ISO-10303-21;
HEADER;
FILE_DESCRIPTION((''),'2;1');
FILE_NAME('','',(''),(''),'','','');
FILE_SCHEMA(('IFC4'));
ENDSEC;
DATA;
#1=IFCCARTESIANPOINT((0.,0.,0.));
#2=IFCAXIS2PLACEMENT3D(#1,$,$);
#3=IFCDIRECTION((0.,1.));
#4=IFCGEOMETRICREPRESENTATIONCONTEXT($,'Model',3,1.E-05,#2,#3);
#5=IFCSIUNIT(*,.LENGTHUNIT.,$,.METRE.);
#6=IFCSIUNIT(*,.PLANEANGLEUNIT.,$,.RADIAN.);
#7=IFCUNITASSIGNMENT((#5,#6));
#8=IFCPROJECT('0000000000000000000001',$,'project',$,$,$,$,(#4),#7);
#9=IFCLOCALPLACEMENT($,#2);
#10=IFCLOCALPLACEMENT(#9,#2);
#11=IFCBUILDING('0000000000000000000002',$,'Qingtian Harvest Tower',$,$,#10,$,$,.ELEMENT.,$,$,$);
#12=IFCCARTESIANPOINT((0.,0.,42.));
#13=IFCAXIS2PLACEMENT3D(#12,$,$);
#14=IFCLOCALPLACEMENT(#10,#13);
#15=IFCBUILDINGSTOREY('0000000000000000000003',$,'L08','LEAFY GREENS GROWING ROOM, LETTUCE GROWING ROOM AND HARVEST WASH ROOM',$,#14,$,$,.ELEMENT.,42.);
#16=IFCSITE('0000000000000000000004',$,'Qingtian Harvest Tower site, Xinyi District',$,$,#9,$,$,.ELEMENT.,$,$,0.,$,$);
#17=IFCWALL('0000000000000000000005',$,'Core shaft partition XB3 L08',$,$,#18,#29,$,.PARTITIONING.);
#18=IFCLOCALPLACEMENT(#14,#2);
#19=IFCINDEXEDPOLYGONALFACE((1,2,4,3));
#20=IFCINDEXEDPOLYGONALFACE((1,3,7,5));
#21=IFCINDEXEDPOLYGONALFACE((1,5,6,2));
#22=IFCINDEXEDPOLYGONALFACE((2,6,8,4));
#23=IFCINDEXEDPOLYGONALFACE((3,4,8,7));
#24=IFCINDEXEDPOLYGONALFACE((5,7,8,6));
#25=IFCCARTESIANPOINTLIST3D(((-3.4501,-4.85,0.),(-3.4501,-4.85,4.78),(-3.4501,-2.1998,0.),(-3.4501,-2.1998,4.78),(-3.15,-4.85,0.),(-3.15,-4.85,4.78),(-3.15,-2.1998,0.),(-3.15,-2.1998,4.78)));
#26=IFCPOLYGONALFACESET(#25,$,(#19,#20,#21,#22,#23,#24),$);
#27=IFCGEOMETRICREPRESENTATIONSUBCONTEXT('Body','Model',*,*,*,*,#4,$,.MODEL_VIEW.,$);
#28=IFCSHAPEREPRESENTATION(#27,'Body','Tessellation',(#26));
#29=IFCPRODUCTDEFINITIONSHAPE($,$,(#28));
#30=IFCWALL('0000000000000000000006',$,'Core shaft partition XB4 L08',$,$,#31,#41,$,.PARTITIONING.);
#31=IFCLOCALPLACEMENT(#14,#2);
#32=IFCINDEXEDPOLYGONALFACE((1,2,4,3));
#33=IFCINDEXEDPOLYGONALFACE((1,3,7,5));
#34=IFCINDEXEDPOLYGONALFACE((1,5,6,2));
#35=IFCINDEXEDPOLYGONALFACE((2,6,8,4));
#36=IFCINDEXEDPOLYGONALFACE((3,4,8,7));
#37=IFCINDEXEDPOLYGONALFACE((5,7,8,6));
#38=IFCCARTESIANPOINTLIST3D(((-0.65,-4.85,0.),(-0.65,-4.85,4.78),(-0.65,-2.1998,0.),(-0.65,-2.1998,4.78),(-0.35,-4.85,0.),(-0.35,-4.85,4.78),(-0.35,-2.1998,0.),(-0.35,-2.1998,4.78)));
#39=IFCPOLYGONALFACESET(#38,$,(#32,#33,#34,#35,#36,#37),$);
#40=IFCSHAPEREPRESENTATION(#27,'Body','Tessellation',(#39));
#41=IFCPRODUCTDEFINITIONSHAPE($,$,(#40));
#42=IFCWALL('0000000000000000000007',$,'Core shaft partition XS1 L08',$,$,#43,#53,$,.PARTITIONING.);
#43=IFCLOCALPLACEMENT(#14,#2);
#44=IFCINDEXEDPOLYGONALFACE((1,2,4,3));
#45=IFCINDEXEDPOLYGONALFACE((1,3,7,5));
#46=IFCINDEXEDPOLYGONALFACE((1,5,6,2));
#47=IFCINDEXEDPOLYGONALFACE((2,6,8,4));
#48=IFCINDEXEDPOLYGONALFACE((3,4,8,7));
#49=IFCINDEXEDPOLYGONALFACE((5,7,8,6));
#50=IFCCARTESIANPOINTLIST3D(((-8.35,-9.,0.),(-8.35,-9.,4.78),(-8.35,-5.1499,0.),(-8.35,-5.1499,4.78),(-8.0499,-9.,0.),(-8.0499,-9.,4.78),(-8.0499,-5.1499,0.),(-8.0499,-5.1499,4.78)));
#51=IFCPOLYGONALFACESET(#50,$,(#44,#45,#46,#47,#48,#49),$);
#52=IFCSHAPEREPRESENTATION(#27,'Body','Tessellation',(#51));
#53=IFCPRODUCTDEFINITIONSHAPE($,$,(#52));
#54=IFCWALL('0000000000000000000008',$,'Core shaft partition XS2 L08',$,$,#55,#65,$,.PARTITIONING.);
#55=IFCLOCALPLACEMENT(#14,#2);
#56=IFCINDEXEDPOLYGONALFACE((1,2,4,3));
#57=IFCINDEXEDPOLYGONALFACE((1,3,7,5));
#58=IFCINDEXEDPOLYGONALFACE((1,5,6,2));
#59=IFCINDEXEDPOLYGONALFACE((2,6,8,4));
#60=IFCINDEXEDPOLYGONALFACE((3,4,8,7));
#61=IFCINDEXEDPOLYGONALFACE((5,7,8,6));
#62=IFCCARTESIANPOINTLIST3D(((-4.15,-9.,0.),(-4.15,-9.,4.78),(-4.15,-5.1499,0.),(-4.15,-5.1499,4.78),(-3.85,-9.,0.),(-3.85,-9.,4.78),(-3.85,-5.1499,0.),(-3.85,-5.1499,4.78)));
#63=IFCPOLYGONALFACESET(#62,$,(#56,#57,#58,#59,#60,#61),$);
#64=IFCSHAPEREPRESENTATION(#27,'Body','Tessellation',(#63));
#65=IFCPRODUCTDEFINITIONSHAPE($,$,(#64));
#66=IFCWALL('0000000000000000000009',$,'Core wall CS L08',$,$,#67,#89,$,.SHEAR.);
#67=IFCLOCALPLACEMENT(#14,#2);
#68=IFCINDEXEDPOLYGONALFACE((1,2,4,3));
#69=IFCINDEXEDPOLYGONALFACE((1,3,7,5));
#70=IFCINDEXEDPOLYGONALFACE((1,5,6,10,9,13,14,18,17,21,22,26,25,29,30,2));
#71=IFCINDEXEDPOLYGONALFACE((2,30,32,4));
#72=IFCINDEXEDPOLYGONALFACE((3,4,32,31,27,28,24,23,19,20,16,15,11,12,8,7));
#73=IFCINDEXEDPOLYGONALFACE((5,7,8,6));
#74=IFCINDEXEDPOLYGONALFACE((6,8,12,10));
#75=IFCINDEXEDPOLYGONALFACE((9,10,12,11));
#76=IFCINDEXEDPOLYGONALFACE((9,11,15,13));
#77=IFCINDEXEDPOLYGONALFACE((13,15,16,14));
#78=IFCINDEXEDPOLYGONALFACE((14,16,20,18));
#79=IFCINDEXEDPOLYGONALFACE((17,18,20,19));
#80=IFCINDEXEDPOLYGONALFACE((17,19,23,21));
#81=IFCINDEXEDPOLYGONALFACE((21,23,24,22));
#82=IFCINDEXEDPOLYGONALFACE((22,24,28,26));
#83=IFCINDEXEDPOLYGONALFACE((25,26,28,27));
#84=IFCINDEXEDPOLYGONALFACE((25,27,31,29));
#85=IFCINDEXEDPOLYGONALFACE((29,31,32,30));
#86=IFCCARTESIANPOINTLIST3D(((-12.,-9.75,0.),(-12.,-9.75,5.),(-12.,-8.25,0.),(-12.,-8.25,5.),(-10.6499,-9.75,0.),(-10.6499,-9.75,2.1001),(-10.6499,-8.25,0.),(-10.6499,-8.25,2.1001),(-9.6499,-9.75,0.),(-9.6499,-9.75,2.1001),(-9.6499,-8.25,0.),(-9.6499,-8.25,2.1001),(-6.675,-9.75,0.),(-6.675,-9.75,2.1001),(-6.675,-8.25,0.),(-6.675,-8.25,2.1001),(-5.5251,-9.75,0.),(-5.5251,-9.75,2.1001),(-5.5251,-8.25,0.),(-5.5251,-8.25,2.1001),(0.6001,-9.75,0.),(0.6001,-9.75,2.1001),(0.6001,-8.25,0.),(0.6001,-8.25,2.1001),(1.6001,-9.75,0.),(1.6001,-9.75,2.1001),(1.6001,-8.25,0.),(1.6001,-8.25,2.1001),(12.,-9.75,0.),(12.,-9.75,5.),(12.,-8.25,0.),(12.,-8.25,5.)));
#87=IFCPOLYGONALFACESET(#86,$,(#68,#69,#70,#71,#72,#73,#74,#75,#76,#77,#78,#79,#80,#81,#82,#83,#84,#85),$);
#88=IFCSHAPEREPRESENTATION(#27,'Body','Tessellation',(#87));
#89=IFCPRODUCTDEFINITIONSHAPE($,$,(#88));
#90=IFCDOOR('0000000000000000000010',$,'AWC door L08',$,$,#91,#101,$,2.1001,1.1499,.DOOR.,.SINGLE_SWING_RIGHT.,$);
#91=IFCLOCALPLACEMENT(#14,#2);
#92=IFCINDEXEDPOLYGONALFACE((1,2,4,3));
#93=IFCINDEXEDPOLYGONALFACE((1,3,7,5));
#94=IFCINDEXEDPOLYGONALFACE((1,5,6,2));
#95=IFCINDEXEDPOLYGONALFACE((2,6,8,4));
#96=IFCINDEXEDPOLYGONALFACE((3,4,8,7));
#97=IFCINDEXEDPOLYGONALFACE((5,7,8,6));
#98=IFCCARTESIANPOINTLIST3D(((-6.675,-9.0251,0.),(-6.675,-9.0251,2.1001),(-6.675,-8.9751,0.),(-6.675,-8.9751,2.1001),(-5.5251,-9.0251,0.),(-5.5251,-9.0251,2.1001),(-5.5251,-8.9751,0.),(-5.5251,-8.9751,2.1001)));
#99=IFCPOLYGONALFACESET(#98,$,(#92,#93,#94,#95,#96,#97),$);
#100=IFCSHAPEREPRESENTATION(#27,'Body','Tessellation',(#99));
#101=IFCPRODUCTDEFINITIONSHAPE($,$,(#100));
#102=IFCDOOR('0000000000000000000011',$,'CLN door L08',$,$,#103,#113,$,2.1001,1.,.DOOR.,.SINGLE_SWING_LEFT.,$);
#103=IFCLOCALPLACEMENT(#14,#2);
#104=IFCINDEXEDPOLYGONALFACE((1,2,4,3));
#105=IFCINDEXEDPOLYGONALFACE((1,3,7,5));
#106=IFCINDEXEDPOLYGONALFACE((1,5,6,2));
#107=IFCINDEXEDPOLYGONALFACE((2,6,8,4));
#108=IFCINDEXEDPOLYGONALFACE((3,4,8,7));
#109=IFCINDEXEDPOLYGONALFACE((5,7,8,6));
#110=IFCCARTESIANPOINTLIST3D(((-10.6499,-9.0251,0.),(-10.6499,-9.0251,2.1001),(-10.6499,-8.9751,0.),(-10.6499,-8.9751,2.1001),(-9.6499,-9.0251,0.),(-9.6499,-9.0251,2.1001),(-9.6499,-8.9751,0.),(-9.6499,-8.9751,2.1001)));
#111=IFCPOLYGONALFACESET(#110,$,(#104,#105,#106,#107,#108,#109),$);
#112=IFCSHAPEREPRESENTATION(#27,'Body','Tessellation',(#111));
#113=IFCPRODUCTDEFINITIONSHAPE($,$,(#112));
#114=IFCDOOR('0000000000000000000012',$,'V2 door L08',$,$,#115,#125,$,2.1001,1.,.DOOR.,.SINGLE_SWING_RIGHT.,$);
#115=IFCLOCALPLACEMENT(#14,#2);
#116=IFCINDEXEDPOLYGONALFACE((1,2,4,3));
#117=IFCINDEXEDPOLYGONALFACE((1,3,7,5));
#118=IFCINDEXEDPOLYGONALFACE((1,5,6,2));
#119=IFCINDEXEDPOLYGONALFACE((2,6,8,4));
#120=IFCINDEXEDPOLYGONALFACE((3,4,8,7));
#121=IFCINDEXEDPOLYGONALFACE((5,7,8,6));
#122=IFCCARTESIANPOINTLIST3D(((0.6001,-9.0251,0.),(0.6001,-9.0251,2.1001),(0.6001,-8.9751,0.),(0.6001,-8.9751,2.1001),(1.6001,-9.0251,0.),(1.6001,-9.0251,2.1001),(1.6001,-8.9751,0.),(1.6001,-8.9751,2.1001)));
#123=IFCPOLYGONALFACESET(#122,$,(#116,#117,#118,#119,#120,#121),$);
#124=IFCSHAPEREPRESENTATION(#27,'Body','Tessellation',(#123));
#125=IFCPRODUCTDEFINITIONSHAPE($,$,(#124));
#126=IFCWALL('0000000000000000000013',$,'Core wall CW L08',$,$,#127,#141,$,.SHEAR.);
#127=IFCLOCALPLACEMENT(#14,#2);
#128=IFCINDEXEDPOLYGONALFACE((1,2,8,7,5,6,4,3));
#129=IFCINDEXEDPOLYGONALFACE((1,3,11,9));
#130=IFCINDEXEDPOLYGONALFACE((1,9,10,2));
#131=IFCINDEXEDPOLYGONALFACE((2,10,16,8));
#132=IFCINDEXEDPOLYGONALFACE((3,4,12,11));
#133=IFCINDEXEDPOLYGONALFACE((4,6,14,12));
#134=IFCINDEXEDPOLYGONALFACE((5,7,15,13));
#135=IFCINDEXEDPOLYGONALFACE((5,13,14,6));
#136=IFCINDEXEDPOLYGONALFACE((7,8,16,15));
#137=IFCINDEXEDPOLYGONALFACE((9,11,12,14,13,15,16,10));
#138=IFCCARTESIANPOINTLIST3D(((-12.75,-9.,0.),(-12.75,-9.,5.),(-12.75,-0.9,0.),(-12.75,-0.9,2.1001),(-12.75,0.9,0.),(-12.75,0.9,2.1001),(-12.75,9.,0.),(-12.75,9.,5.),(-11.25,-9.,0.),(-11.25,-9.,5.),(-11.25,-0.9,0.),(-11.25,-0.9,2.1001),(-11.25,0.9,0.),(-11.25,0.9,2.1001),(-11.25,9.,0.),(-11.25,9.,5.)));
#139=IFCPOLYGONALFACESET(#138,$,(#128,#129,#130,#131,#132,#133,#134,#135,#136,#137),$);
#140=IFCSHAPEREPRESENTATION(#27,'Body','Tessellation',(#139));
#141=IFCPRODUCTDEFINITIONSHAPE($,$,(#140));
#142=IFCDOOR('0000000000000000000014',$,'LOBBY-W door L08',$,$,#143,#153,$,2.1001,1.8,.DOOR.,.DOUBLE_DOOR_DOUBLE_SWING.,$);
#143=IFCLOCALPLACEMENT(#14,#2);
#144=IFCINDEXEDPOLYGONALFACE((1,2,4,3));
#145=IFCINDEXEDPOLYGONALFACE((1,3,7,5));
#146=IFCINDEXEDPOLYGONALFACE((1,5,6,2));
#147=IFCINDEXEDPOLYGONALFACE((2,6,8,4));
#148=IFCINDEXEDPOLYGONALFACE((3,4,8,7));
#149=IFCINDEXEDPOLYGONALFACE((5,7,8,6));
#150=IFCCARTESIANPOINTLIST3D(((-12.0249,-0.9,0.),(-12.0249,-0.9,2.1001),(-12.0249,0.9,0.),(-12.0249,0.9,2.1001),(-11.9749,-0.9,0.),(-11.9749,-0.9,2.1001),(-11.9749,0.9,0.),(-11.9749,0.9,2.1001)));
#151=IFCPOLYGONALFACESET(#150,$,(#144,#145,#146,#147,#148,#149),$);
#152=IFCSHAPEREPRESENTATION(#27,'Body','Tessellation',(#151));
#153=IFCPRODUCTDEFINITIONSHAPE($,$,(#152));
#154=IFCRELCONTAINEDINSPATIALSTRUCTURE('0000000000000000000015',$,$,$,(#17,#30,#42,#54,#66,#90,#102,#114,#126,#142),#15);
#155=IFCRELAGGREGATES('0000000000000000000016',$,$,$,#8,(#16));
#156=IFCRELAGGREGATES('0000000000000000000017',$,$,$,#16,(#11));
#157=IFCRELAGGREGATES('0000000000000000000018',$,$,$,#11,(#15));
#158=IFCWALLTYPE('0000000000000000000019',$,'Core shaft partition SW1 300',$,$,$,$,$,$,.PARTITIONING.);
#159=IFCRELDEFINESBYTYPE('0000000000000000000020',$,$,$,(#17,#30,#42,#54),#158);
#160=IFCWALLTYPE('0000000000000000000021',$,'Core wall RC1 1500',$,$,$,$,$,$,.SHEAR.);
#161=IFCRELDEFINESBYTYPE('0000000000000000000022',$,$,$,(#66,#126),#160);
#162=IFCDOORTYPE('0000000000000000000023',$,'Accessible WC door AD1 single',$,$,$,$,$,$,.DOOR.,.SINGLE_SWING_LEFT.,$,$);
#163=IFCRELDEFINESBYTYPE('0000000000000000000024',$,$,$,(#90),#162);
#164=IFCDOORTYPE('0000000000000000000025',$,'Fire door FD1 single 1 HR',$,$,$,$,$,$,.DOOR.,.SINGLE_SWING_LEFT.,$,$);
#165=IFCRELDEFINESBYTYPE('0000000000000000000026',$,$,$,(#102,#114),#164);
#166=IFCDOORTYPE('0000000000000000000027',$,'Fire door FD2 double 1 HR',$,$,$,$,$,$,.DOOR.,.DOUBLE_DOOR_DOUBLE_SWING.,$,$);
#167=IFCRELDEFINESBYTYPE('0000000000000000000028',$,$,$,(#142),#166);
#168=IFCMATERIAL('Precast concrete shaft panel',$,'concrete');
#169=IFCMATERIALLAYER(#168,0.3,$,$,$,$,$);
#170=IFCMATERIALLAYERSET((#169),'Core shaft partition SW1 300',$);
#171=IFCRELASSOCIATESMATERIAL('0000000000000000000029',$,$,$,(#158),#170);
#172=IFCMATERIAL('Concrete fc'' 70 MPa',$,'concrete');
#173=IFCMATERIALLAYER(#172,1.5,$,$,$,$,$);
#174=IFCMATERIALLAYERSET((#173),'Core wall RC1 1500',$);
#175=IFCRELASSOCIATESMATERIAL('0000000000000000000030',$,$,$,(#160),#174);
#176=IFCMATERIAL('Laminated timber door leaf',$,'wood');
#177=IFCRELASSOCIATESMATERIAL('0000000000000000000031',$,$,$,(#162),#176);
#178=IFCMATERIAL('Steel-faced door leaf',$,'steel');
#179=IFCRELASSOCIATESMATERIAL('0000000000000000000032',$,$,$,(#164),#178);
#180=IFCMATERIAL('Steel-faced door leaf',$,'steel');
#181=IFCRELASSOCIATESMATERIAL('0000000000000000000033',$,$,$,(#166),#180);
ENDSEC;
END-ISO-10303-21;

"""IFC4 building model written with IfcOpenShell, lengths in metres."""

from ifc_helpers import new_model, si_unit, direction, frame, frame_2d, origin, place, context, subcontext, project, spatial, rectangle, extrude, material, layer, layer_set, type_object, element, fill, save


model = new_model("IFC4")

# Units and contexts
model_context = context("Model", 3, precision=1e-05, world=origin(), true_north=direction((0.0, 1.0)))
body_context = subcontext(model_context, "Body", "Model", "MODEL_VIEW")
ifc_project = project(units=[si_unit("LENGTHUNIT", "METRE"), si_unit("PLANEANGLEUNIT", "RADIAN")], contexts=[model_context])

# Site, building, storey
site_placement = place(None, origin())
site = spatial("IfcSite", under=ifc_project, at=site_placement, Name="Qingtian Harvest Tower site, Xinyi District", CompositionType="ELEMENT", RefElevation=0.0)
building_placement = place(site_placement, origin())
building = spatial("IfcBuilding", under=site, at=building_placement, Name="Qingtian Harvest Tower", CompositionType="ELEMENT")
storey_placement = place(building_placement, frame((0.0, 0.0, 42.0)))
storey = spatial("IfcBuildingStorey", under=building, at=storey_placement, Name="L08", Description="LEAFY GREENS GROWING ROOM, LETTUCE GROWING ROOM AND HARVEST WASH ROOM", CompositionType="ELEMENT", Elevation=42.0)

# Walls
ifc_material_1 = material(Name="Precast concrete shaft panel", Category="concrete")
ifc_layer_1 = layer(ifc_material_1, 0.3)
ifc_layer_set_1 = layer_set([ifc_layer_1], Name="Core shaft partition SW1 300")
wall_type_1 = type_object("IfcWallType", Name="Core shaft partition SW1 300", PredefinedType="PARTITIONING", material=ifc_layer_set_1)
for number, where, z_axis, x_axis, name in (
    (1, (-3.3, -4.8501, 0.0), (0.0, 0.0, 1.0), (0.0, 1.0, 0.0), "Core shaft partition XB3 L08"),
    (2, (-0.5, -4.8501, 0.0), (0.0, 0.0, 1.0), (0.0, 1.0, 0.0), "Core shaft partition XB4 L08"),
):
    element("IfcWall", number, at=place(storey_placement, frame(where, z_axis=z_axis, x_axis=x_axis)), inside=storey, type_object=wall_type_1, Name=name, PredefinedType="PARTITIONING", context=body_context, shape_type="SweptSolid", body=[
        extrude(rectangle(XDim=2.6501, YDim=0.3, at=frame_2d((1.3252, 0.0))), origin(), (0.0, 0.0, 1.0), 4.78),
    ])
for number, where, z_axis, x_axis, name in (
    (3, (-8.2, -9.0, 0.0), (0.0, 0.0, 1.0), (0.0, 1.0, 0.0), "Core shaft partition XS1 L08"),
    (4, (-4.0, -9.0, 0.0), (0.0, 0.0, 1.0), (0.0, 1.0, 0.0), "Core shaft partition XS2 L08"),
):
    element("IfcWall", number, at=place(storey_placement, frame(where, z_axis=z_axis, x_axis=x_axis)), inside=storey, type_object=wall_type_1, Name=name, PredefinedType="PARTITIONING", context=body_context, shape_type="SweptSolid", body=[
        extrude(rectangle(XDim=3.8501, YDim=0.3, at=frame_2d((1.925, 0.0))), origin(), (0.0, 0.0, 1.0), 4.78),
    ])

# Wall, openings, doors
ifc_material_2 = material(Name="Concrete fc' 70 MPa", Category="concrete")
ifc_layer_2 = layer(ifc_material_2, 1.5)
ifc_layer_set_2 = layer_set([ifc_layer_2], Name="Core wall RC1 1500")
wall_type_2 = type_object("IfcWallType", Name="Core wall RC1 1500", PredefinedType="SHEAR", material=ifc_layer_set_2)
wall_1_placement = place(storey_placement, frame((-12.0, -9.0, 0.0), z_axis=(0.0, 0.0, 1.0), x_axis=(1.0, 0.0, 0.0)))
wall_1 = element("IfcWall", 5, at=wall_1_placement, inside=storey, type_object=wall_type_2, Name="Core wall CS L08", PredefinedType="SHEAR", context=body_context, shape_type="SweptSolid", body=[
    extrude(rectangle(XDim=24.0, YDim=1.5, at=frame_2d((12.0, 0.0))), origin(), (0.0, 0.0, 1.0), 5.0),
])
opening_1_placement = place(wall_1_placement, frame((1.3501, 0.0, 0.0)))
opening_1 = element("IfcOpeningElement", 6, at=opening_1_placement, cuts=wall_1, PredefinedType="OPENING", context=body_context, shape_type="SweptSolid", body=[
    extrude(rectangle(XDim=1.0, YDim=2.1001, at=frame_2d((0.5, 1.05))), frame((0.0, 0.76, 0.0), z_axis=(0.0, -1.0, 0.0), x_axis=(1.0, 0.0, 0.0)), (0.0, 0.0, 1.0), 1.52),
])
opening_2_placement = place(wall_1_placement, frame((5.325, 0.0, 0.0)))
opening_2 = element("IfcOpeningElement", 7, at=opening_2_placement, cuts=wall_1, PredefinedType="OPENING", context=body_context, shape_type="SweptSolid", body=[
    extrude(rectangle(XDim=1.1499, YDim=2.1001, at=frame_2d((0.575, 1.05))), frame((0.0, 0.76, 0.0), z_axis=(0.0, -1.0, 0.0), x_axis=(1.0, 0.0, 0.0)), (0.0, 0.0, 1.0), 1.52),
])
opening_3_placement = place(wall_1_placement, frame((12.6001, 0.0, 0.0)))
opening_3 = element("IfcOpeningElement", 8, at=opening_3_placement, cuts=wall_1, PredefinedType="OPENING", context=body_context, shape_type="SweptSolid", body=[
    extrude(rectangle(XDim=1.0, YDim=2.1001, at=frame_2d((0.5, 1.05))), frame((0.0, 0.76, 0.0), z_axis=(0.0, -1.0, 0.0), x_axis=(1.0, 0.0, 0.0)), (0.0, 0.0, 1.0), 1.52),
])
ifc_material_3 = material(Name="Laminated timber door leaf", Category="wood")
door_type_1 = type_object("IfcDoorType", Name="Accessible WC door AD1 single", OperationType="SINGLE_SWING_LEFT", PredefinedType="DOOR", material=ifc_material_3)
door_1_placement = place(opening_2_placement, origin())
door_1 = element("IfcDoor", 9, at=door_1_placement, inside=storey, type_object=door_type_1, Name="AWC door L08", OperationType="SINGLE_SWING_RIGHT", OverallHeight=2.1001, OverallWidth=1.1499, PredefinedType="DOOR", context=body_context, shape_type="SweptSolid", body=[
    extrude(rectangle(XDim=1.1499, YDim=2.1001, at=frame_2d((0.575, 1.05))), frame((0.0, 0.0249, 0.0), z_axis=(0.0, -1.0, 0.0), x_axis=(1.0, 0.0, 0.0)), (0.0, 0.0, 1.0), 0.05),
])
fill(opening_2, door_1)
ifc_material_4 = material(Name="Steel-faced door leaf", Category="steel")
door_type_2 = type_object("IfcDoorType", Name="Fire door FD1 single 1 HR", OperationType="SINGLE_SWING_LEFT", PredefinedType="DOOR", material=ifc_material_4)
door_2_placement = place(opening_1_placement, origin())
door_2 = element("IfcDoor", 10, at=door_2_placement, inside=storey, type_object=door_type_2, Name="CLN door L08", OperationType="SINGLE_SWING_LEFT", OverallHeight=2.1001, OverallWidth=1.0, PredefinedType="DOOR", context=body_context, shape_type="SweptSolid", body=[
    extrude(rectangle(XDim=1.0, YDim=2.1001, at=frame_2d((0.5, 1.05))), frame((0.0, 0.0249, 0.0), z_axis=(0.0, -1.0, 0.0), x_axis=(1.0, 0.0, 0.0)), (0.0, 0.0, 1.0), 0.05),
])
fill(opening_1, door_2)
door_3_placement = place(opening_3_placement, origin())
door_3 = element("IfcDoor", 11, at=door_3_placement, inside=storey, type_object=door_type_2, Name="V2 door L08", OperationType="SINGLE_SWING_RIGHT", OverallHeight=2.1001, OverallWidth=1.0, PredefinedType="DOOR", context=body_context, shape_type="SweptSolid", body=[
    extrude(rectangle(XDim=1.0, YDim=2.1001, at=frame_2d((0.5, 1.05))), frame((0.0, 0.0249, 0.0), z_axis=(0.0, -1.0, 0.0), x_axis=(1.0, 0.0, 0.0)), (0.0, 0.0, 1.0), 0.05),
])
fill(opening_3, door_3)

# Wall, opening, door
wall_2_placement = place(storey_placement, frame((-12.0, -9.0, 0.0), z_axis=(0.0, 0.0, 1.0), x_axis=(0.0, 1.0, 0.0)))
wall_2 = element("IfcWall", 12, at=wall_2_placement, inside=storey, type_object=wall_type_2, Name="Core wall CW L08", PredefinedType="SHEAR", context=body_context, shape_type="SweptSolid", body=[
    extrude(rectangle(XDim=18.0, YDim=1.5, at=frame_2d((9.0, 0.0))), origin(), (0.0, 0.0, 1.0), 5.0),
])
opening_4_placement = place(wall_2_placement, frame((8.1001, 0.0, 0.0)))
opening_4 = element("IfcOpeningElement", 13, at=opening_4_placement, cuts=wall_2, PredefinedType="OPENING", context=body_context, shape_type="SweptSolid", body=[
    extrude(rectangle(XDim=1.8, YDim=2.1001, at=frame_2d((0.8999, 1.05))), frame((0.0, 0.76, 0.0), z_axis=(0.0, -1.0, 0.0), x_axis=(1.0, 0.0, 0.0)), (0.0, 0.0, 1.0), 1.52),
])
ifc_material_5 = material(Name="Steel-faced door leaf", Category="steel")
door_type_3 = type_object("IfcDoorType", Name="Fire door FD2 double 1 HR", OperationType="DOUBLE_DOOR_DOUBLE_SWING", PredefinedType="DOOR", material=ifc_material_5)
door_4_placement = place(opening_4_placement, origin())
door_4 = element("IfcDoor", 14, at=door_4_placement, inside=storey, type_object=door_type_3, Name="LOBBY-W door L08", OperationType="DOUBLE_DOOR_DOUBLE_SWING", OverallHeight=2.1001, OverallWidth=1.8, PredefinedType="DOOR", context=body_context, shape_type="SweptSolid", body=[
    extrude(rectangle(XDim=1.8, YDim=2.1001, at=frame_2d((0.8999, 1.05))), frame((0.0, 0.0249, 0.0), z_axis=(0.0, -1.0, 0.0), x_axis=(1.0, 0.0, 0.0)), (0.0, 0.0, 1.0), 0.05),
])
fill(opening_4, door_4)

save(model, "model.ifc")
